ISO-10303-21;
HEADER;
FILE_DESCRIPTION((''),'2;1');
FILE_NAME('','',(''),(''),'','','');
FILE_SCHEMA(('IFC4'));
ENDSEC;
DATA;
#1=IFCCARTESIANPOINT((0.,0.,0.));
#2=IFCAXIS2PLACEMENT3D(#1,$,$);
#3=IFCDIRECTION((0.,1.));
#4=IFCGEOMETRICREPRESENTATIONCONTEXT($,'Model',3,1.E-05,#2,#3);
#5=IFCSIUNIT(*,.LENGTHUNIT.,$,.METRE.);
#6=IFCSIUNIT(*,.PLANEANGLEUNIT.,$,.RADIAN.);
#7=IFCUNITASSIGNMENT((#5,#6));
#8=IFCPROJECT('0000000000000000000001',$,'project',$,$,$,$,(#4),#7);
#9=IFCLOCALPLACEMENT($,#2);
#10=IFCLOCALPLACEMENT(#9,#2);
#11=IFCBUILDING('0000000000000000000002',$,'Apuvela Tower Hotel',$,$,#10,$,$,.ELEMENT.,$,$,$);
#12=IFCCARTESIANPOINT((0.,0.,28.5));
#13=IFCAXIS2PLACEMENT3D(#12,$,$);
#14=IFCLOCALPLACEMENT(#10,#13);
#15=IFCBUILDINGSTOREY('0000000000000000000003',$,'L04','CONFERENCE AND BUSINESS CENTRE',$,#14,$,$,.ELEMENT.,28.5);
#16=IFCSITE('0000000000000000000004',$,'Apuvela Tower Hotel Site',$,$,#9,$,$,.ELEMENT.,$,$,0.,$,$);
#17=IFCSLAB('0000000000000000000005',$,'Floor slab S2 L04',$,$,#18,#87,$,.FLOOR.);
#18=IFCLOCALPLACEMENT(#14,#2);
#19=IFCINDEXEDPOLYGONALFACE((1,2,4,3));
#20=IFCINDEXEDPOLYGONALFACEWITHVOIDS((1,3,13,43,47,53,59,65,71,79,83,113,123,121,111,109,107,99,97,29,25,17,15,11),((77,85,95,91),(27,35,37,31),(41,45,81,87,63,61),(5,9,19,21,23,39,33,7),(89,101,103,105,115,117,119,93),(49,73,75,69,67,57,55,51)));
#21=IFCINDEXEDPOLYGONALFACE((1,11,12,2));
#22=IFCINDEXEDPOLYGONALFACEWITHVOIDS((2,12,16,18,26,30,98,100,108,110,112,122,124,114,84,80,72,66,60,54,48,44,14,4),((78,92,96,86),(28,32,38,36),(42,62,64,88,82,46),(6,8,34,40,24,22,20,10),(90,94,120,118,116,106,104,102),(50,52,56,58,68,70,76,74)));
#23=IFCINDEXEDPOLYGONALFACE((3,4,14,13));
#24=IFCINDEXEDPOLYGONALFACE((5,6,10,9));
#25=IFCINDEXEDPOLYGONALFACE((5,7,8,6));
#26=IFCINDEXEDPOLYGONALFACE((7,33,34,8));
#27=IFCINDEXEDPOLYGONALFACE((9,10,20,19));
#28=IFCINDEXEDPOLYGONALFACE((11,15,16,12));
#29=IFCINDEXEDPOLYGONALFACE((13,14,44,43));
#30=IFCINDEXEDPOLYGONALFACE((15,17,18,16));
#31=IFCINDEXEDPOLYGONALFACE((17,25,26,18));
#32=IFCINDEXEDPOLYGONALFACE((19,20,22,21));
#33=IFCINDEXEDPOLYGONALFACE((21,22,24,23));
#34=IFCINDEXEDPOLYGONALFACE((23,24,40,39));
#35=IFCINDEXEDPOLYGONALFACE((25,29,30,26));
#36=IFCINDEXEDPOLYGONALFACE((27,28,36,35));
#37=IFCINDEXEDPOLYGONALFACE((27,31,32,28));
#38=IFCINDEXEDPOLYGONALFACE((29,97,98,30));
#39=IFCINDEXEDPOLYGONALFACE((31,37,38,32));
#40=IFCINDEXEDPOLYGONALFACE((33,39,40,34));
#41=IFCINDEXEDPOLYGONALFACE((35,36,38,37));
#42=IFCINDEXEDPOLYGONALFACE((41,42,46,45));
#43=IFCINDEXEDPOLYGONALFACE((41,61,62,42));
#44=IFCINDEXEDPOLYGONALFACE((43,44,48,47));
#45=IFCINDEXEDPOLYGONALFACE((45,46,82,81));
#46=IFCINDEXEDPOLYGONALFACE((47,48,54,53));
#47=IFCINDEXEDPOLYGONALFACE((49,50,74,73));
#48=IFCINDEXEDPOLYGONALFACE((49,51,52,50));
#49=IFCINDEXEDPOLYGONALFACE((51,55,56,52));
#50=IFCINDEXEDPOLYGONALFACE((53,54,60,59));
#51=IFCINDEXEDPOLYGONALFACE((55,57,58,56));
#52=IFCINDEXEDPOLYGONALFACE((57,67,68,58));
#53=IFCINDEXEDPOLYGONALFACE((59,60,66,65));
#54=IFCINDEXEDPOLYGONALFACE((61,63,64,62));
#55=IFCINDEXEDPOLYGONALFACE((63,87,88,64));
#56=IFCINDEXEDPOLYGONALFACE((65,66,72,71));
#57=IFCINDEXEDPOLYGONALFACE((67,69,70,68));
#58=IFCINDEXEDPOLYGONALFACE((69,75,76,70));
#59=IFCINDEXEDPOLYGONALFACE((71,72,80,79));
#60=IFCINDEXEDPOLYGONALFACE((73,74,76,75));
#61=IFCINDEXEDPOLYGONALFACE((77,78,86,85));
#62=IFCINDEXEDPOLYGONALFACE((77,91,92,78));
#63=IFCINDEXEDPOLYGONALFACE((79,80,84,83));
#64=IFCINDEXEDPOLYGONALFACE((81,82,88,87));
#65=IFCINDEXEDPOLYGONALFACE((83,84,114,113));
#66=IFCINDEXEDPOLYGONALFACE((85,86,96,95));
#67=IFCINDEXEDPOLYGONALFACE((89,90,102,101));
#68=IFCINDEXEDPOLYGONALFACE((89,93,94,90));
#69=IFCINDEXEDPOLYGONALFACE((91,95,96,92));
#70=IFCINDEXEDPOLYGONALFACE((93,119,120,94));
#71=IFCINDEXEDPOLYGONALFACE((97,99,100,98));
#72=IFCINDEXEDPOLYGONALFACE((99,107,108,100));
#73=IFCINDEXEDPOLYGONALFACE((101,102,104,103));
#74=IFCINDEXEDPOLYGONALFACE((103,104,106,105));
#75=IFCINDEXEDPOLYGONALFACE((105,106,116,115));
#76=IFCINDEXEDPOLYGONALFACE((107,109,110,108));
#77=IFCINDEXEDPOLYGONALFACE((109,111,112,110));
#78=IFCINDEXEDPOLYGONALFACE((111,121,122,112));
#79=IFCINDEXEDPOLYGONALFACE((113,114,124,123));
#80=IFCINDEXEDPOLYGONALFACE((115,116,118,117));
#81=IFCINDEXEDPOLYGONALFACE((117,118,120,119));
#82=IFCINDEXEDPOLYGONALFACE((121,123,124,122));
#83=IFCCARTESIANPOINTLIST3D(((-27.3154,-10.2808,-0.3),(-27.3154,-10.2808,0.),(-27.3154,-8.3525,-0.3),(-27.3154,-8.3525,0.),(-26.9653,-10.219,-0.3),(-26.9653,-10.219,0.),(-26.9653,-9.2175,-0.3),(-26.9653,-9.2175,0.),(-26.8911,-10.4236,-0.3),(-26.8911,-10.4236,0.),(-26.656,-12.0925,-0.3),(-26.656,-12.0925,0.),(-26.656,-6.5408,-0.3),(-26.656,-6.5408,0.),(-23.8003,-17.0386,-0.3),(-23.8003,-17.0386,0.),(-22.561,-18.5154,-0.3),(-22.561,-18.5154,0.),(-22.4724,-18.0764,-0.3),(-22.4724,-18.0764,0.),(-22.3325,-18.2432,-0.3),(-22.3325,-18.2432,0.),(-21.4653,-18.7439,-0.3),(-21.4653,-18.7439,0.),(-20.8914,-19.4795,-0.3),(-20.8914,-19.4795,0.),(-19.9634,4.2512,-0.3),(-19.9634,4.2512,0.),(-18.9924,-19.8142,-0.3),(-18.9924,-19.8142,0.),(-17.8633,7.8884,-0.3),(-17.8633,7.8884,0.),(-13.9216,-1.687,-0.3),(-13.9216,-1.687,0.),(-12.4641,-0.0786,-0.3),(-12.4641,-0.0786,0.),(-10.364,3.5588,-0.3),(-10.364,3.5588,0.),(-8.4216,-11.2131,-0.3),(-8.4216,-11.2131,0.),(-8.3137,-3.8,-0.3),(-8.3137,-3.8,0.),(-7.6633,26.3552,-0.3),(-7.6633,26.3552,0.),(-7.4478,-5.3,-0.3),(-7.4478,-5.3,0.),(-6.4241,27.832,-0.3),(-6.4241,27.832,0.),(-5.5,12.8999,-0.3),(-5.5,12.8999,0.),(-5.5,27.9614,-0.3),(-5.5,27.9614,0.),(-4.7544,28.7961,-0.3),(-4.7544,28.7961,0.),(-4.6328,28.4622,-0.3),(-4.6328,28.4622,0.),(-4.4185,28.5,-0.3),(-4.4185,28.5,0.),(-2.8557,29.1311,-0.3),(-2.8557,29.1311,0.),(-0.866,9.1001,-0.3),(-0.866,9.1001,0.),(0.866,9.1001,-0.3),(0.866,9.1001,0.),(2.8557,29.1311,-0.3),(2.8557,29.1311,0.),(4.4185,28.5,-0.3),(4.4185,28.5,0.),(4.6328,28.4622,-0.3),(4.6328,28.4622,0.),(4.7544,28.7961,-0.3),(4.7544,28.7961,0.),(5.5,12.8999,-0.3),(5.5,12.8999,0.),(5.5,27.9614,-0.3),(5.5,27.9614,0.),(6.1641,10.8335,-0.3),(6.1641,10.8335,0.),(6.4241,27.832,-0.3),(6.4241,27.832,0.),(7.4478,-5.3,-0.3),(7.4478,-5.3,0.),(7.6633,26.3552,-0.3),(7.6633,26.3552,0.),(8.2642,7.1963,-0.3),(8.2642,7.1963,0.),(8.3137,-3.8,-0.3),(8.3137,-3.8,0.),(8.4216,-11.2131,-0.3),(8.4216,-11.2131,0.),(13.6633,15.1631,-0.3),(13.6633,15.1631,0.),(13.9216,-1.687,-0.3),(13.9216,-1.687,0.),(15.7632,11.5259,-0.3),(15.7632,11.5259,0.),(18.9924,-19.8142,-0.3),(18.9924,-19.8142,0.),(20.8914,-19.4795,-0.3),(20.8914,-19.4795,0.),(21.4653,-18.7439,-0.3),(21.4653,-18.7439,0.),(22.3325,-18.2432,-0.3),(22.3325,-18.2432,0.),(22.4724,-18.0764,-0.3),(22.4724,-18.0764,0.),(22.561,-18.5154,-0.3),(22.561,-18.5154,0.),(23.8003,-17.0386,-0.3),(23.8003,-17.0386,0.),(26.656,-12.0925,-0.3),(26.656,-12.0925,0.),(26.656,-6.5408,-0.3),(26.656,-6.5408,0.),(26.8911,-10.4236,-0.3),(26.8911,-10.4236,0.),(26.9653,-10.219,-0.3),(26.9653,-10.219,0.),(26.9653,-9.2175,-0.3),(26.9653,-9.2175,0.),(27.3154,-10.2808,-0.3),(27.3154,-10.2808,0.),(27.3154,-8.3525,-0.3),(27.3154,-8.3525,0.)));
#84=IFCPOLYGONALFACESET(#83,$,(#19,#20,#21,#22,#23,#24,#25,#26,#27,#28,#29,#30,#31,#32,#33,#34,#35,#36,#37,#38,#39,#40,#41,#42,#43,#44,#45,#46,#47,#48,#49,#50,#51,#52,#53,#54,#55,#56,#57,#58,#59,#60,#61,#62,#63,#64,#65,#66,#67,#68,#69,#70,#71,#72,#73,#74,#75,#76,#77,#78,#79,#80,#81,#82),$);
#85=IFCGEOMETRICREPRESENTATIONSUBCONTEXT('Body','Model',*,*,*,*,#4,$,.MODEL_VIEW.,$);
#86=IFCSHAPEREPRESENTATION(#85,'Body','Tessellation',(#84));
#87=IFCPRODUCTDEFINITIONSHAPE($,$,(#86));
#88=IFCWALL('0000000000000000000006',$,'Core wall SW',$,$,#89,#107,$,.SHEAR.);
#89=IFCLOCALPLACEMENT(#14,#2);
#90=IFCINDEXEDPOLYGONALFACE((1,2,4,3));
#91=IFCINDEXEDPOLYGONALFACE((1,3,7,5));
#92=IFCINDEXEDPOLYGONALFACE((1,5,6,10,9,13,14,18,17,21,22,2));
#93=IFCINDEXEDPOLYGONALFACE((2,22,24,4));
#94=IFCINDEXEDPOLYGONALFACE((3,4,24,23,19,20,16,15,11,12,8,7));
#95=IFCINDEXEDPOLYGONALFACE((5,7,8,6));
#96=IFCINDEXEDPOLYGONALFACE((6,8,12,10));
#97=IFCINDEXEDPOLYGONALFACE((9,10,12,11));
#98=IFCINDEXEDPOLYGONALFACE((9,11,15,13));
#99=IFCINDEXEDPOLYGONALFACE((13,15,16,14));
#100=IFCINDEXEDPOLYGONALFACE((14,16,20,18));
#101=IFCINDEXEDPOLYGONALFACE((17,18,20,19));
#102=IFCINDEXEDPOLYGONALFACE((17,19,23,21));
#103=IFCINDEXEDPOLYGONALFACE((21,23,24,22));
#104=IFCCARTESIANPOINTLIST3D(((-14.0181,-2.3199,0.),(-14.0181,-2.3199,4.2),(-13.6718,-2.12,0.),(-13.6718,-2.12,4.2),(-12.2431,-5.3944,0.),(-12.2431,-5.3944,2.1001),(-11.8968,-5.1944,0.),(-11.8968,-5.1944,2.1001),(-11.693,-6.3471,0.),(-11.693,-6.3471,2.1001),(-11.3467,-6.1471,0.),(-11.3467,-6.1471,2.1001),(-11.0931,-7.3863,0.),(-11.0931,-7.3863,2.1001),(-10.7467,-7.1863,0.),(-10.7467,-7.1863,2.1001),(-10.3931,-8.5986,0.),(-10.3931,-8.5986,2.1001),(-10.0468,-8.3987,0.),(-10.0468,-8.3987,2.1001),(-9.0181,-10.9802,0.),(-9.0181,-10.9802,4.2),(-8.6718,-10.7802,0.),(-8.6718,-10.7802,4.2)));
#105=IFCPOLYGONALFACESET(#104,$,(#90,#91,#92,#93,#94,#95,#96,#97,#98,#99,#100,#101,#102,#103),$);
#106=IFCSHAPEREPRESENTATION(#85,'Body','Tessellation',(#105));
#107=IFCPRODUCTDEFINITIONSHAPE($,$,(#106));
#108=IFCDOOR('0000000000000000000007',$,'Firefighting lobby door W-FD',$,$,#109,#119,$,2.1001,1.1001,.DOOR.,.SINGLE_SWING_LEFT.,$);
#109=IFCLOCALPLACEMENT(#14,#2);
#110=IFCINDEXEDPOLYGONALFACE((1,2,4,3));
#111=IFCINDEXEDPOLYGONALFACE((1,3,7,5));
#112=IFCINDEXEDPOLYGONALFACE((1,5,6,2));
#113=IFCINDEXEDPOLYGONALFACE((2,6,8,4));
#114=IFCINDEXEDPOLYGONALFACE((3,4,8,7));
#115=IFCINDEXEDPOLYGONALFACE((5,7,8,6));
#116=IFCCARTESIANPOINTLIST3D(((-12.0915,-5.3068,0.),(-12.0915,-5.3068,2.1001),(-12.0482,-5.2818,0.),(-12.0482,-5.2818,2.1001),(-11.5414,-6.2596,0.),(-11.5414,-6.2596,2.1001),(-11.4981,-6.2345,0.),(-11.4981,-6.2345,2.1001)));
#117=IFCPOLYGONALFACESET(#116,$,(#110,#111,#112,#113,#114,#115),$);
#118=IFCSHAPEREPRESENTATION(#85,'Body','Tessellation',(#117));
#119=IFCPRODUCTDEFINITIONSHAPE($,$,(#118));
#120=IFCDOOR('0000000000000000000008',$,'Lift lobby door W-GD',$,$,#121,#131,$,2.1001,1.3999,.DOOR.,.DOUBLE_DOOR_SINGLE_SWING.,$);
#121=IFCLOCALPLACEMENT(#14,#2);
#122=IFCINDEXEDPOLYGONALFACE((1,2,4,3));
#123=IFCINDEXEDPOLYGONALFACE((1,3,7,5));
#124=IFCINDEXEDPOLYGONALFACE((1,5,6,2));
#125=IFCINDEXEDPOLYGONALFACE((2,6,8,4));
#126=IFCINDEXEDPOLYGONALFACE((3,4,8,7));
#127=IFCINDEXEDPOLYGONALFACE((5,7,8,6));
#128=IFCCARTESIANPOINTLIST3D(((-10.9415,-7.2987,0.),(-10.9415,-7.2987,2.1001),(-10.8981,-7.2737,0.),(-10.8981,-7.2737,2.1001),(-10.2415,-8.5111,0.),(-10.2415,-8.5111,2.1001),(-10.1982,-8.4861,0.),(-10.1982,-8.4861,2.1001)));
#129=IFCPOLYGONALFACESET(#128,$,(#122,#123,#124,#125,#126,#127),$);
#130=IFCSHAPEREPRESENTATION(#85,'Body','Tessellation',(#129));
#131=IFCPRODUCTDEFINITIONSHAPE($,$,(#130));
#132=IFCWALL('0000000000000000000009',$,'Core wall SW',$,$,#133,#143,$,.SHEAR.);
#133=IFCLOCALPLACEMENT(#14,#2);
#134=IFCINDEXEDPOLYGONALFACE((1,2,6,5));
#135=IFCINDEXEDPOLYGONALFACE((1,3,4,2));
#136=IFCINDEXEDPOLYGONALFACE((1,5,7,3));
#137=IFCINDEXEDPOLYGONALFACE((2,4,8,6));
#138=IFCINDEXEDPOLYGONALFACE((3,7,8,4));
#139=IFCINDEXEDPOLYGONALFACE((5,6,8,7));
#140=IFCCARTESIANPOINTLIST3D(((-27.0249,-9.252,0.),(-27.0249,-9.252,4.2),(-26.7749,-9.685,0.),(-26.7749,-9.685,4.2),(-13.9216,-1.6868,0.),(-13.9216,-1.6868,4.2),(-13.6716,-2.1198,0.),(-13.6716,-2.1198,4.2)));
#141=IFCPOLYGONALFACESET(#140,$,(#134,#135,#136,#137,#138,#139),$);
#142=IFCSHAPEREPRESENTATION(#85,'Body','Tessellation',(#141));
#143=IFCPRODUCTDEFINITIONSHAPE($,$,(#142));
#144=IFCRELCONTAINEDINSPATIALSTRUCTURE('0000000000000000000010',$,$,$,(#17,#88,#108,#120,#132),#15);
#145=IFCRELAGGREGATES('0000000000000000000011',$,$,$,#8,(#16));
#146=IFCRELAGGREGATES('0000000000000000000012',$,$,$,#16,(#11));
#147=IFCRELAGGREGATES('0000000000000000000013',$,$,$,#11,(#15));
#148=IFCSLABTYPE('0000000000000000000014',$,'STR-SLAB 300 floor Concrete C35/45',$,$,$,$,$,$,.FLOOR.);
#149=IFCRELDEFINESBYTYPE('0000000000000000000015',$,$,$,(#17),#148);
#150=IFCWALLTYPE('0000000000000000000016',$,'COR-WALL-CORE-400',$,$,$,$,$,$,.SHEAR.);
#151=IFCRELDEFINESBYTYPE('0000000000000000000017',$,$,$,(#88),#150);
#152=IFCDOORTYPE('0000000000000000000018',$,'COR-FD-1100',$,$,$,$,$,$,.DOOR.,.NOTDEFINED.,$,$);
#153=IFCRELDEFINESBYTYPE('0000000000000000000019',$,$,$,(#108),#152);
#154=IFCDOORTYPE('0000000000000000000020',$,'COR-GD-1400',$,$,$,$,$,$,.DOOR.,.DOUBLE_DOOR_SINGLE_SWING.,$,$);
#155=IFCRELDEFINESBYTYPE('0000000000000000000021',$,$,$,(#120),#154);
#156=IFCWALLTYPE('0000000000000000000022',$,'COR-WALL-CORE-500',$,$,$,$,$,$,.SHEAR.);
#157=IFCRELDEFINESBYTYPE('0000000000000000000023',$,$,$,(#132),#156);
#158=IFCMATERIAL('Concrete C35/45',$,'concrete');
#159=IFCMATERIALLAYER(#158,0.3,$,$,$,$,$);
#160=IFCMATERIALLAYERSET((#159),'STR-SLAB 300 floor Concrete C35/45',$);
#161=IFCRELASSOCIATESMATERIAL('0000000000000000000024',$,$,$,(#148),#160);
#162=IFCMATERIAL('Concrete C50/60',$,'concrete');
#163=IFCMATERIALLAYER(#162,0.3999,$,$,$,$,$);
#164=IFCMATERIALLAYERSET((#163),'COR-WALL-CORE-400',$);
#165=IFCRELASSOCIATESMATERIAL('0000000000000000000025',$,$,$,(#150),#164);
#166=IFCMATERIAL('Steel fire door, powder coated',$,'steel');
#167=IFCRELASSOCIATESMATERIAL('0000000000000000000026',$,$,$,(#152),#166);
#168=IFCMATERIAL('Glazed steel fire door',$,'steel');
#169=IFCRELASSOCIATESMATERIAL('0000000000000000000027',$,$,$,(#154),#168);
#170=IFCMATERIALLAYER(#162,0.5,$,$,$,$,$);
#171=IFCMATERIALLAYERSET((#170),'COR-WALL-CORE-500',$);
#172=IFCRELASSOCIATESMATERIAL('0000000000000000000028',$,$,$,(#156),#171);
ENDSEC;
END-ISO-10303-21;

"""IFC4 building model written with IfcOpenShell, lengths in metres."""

from ifc_helpers import new_model, si_unit, direction, frame, frame_2d, origin, place, context, subcontext, project, spatial, polyline, rectangle, outline, extrude, material, layer, layer_set, type_object, element, fill, save


model = new_model("IFC4")

# Units and contexts
model_context = context("Model", 3, precision=1e-05, world=origin(), true_north=direction((0.0, 1.0)))
body_context = subcontext(model_context, "Body", "Model", "MODEL_VIEW")
ifc_project = project(units=[si_unit("LENGTHUNIT", "METRE"), si_unit("PLANEANGLEUNIT", "RADIAN")], contexts=[model_context])

# Site, building, storey
site_placement = place(None, origin())
site = spatial("IfcSite", under=ifc_project, at=site_placement, Name="Apuvela Tower Hotel Site", CompositionType="ELEMENT", RefElevation=0.0)
building_placement = place(site_placement, origin())
building = spatial("IfcBuilding", under=site, at=building_placement, Name="Apuvela Tower Hotel", CompositionType="ELEMENT")
storey_placement = place(building_placement, frame((0.0, 0.0, 28.5)))
storey = spatial("IfcBuildingStorey", under=building, at=storey_placement, Name="L04", Description="CONFERENCE AND BUSINESS CENTRE", CompositionType="ELEMENT", Elevation=28.5)

# Shared definitions
ifc_material_1 = material(Name="Concrete C50/60", Category="concrete")

# Slab
ifc_material_2 = material(Name="Concrete C35/45", Category="concrete")
ifc_layer_1 = layer(ifc_material_2, 0.3)
ifc_layer_set_1 = layer_set([ifc_layer_1], Name="STR-SLAB 300 floor Concrete C35/45")
slab_type_1 = type_object("IfcSlabType", Name="STR-SLAB 300 floor Concrete C35/45", PredefinedType="FLOOR", material=ifc_layer_set_1)
slab_1_placement = place(storey_placement, frame((0.0, 0.0, -0.3)))
element("IfcSlab", 1, at=slab_1_placement, inside=storey, type_object=slab_type_1, Name="Floor slab S2 L04", PredefinedType="FLOOR", context=body_context, shape_type="SweptSolid", body=[
    extrude(outline(polyline([(7.6633, 26.3552), (6.4241, 27.832), (4.7544, 28.7961), (2.8557, 29.1311), (-2.8557, 29.1311), (-4.7544, 28.7961), (-6.4241, 27.832), (-7.6633, 26.3552), (-26.656, -6.5408), (-27.3154, -8.3525), (-27.3154, -10.2808), (-26.656, -12.0925), (-23.8003, -17.0386), (-22.561, -18.5154), (-20.8914, -19.4795), (-18.9924, -19.8142), (18.9924, -19.8142), (20.8914, -19.4795), (22.561, -18.5154), (23.8003, -17.0386), (26.656, -12.0925), (27.3154, -10.2808), (27.3154, -8.3525), (26.656, -6.5408), (7.6633, 26.3552)]), holes=[polyline([(0.866, 9.1001), (-0.866, 9.1001), (-8.3137, -3.8), (-7.4478, -5.3), (7.4478, -5.3), (8.3137, -3.8), (0.866, 9.1001)]), polyline([(-5.5, 12.8999), (-5.5, 27.9614), (-4.6328, 28.4622), (-4.4185, 28.5), (4.4185, 28.5), (4.6328, 28.4622), (5.5, 27.9614), (5.5, 12.8999), (-5.5, 12.8999)]), polyline([(-8.4216, -11.2131), (-21.4653, -18.7439), (-22.3325, -18.2432), (-22.4724, -18.0764), (-26.8911, -10.4236), (-26.9653, -10.219), (-26.9653, -9.2175), (-13.9216, -1.687), (-8.4216, -11.2131)]), polyline([(13.9216, -1.687), (26.9653, -9.2175), (26.9653, -10.219), (26.8911, -10.4236), (22.4724, -18.0764), (22.3325, -18.2432), (21.4653, -18.7439), (8.4216, -11.2131), (13.9216, -1.687)]), polyline([(8.2642, 7.1963), (6.1641, 10.8335), (13.6633, 15.1631), (15.7632, 11.5259), (8.2642, 7.1963)]), polyline([(-12.4641, -0.0786), (-19.9634, 4.2512), (-17.8633, 7.8884), (-10.364, 3.5588), (-12.4641, -0.0786)])]), origin(), (0.0, 0.0, 1.0), 0.3),
])

# Wall, openings, doors
ifc_layer_2 = layer(ifc_material_1, 0.3999)
ifc_layer_set_2 = layer_set([ifc_layer_2], Name="COR-WALL-CORE-400")
wall_type_1 = type_object("IfcWallType", Name="COR-WALL-CORE-400", PredefinedType="SHEAR", material=ifc_layer_set_2)
wall_1_placement = place(storey_placement, frame((-13.845, -2.22, 0.0), z_axis=(0.0, 0.0, 1.0), x_axis=(0.500004, -0.866023, 0.0)))
wall_1 = element("IfcWall", 2, at=wall_1_placement, inside=storey, type_object=wall_type_1, Name="Core wall SW", PredefinedType="SHEAR", context=body_context, shape_type="SweptSolid", body=[
    extrude(rectangle(XDim=10.0, YDim=0.3999, at=frame_2d((5.0, 0.0))), origin(), (0.0, 0.0, 1.0), 4.2),
])
opening_1_placement = place(wall_1_placement, frame((3.55, 0.0, 0.0)))
opening_1 = element("IfcOpeningElement", 3, at=opening_1_placement, cuts=wall_1, PredefinedType="OPENING", context=body_context, shape_type="SweptSolid", body=[
    extrude(rectangle(XDim=1.1001, YDim=2.1001, at=frame_2d((0.55, 1.05))), frame((0.0, 0.21, 0.0), z_axis=(0.0, -1.0, 0.0), x_axis=(1.0, 0.0, 0.0)), (0.0, 0.0, 1.0), 0.4199),
])
opening_2_placement = place(wall_1_placement, frame((5.8501, 0.0, 0.0)))
opening_2 = element("IfcOpeningElement", 4, at=opening_2_placement, cuts=wall_1, PredefinedType="OPENING", context=body_context, shape_type="SweptSolid", body=[
    extrude(rectangle(XDim=1.3999, YDim=2.1001, at=frame_2d((0.7, 1.05))), frame((0.0, 0.21, 0.0), z_axis=(0.0, -1.0, 0.0), x_axis=(1.0, 0.0, 0.0)), (0.0, 0.0, 1.0), 0.4199),
])
ifc_material_3 = material(Name="Steel fire door, powder coated", Category="steel")
door_type_1 = type_object("IfcDoorType", Name="COR-FD-1100", OperationType="NOTDEFINED", PredefinedType="DOOR", material=ifc_material_3)
door_1_placement = place(opening_1_placement, frame((1.1001, 0.0, 0.0), z_axis=(0.0, 0.0, 1.0), x_axis=(-1.0, 0.0, 0.0)))
door_1 = element("IfcDoor", 5, at=door_1_placement, inside=storey, type_object=door_type_1, Name="Firefighting lobby door W-FD", OperationType="SINGLE_SWING_LEFT", OverallHeight=2.1001, OverallWidth=1.1001, PredefinedType="DOOR", context=body_context, shape_type="SweptSolid", body=[
    extrude(rectangle(XDim=1.1001, YDim=2.1001, at=frame_2d((0.55, 1.05))), frame((0.0, 0.0249, 0.0), z_axis=(0.0, -1.0, 0.0), x_axis=(1.0, 0.0, 0.0)), (0.0, 0.0, 1.0), 0.05),
])
fill(opening_1, door_1)
ifc_material_4 = material(Name="Glazed steel fire door", Category="steel")
door_type_2 = type_object("IfcDoorType", Name="COR-GD-1400", OperationType="DOUBLE_DOOR_SINGLE_SWING", PredefinedType="DOOR", material=ifc_material_4)
door_2_placement = place(opening_2_placement, frame((1.3999, 0.0, 0.0), z_axis=(0.0, 0.0, 1.0), x_axis=(-1.0, 0.0, 0.0)))
door_2 = element("IfcDoor", 6, at=door_2_placement, inside=storey, type_object=door_type_2, Name="Lift lobby door W-GD", OperationType="DOUBLE_DOOR_SINGLE_SWING", OverallHeight=2.1001, OverallWidth=1.3999, PredefinedType="DOOR", context=body_context, shape_type="SweptSolid", body=[
    extrude(rectangle(XDim=1.3999, YDim=2.1001, at=frame_2d((0.7, 1.05))), frame((0.0, 0.0249, 0.0), z_axis=(0.0, -1.0, 0.0), x_axis=(1.0, 0.0, 0.0)), (0.0, 0.0, 1.0), 0.05),
])
fill(opening_2, door_2)

# Wall
ifc_layer_3 = layer(ifc_material_1, 0.5)
ifc_layer_set_3 = layer_set([ifc_layer_3], Name="COR-WALL-CORE-500")
wall_type_2 = type_object("IfcWallType", Name="COR-WALL-CORE-500", PredefinedType="SHEAR", material=ifc_layer_set_3)
wall_2_placement = place(storey_placement, frame((-13.7966, -1.9033, 0.0), z_axis=(0.0, 0.0, 1.0), x_axis=(-0.866025, -0.5, 0.0)))
element("IfcWall", 7, at=wall_2_placement, inside=storey, type_object=wall_type_2, Name="Core wall SW", PredefinedType="SHEAR", context=body_context, shape_type="SweptSolid", body=[
    extrude(rectangle(XDim=15.1304, YDim=0.5, at=frame_2d((7.5652, 0.0))), origin(), (0.0, 0.0, 1.0), 4.2),
])

save(model, "model.ifc")
